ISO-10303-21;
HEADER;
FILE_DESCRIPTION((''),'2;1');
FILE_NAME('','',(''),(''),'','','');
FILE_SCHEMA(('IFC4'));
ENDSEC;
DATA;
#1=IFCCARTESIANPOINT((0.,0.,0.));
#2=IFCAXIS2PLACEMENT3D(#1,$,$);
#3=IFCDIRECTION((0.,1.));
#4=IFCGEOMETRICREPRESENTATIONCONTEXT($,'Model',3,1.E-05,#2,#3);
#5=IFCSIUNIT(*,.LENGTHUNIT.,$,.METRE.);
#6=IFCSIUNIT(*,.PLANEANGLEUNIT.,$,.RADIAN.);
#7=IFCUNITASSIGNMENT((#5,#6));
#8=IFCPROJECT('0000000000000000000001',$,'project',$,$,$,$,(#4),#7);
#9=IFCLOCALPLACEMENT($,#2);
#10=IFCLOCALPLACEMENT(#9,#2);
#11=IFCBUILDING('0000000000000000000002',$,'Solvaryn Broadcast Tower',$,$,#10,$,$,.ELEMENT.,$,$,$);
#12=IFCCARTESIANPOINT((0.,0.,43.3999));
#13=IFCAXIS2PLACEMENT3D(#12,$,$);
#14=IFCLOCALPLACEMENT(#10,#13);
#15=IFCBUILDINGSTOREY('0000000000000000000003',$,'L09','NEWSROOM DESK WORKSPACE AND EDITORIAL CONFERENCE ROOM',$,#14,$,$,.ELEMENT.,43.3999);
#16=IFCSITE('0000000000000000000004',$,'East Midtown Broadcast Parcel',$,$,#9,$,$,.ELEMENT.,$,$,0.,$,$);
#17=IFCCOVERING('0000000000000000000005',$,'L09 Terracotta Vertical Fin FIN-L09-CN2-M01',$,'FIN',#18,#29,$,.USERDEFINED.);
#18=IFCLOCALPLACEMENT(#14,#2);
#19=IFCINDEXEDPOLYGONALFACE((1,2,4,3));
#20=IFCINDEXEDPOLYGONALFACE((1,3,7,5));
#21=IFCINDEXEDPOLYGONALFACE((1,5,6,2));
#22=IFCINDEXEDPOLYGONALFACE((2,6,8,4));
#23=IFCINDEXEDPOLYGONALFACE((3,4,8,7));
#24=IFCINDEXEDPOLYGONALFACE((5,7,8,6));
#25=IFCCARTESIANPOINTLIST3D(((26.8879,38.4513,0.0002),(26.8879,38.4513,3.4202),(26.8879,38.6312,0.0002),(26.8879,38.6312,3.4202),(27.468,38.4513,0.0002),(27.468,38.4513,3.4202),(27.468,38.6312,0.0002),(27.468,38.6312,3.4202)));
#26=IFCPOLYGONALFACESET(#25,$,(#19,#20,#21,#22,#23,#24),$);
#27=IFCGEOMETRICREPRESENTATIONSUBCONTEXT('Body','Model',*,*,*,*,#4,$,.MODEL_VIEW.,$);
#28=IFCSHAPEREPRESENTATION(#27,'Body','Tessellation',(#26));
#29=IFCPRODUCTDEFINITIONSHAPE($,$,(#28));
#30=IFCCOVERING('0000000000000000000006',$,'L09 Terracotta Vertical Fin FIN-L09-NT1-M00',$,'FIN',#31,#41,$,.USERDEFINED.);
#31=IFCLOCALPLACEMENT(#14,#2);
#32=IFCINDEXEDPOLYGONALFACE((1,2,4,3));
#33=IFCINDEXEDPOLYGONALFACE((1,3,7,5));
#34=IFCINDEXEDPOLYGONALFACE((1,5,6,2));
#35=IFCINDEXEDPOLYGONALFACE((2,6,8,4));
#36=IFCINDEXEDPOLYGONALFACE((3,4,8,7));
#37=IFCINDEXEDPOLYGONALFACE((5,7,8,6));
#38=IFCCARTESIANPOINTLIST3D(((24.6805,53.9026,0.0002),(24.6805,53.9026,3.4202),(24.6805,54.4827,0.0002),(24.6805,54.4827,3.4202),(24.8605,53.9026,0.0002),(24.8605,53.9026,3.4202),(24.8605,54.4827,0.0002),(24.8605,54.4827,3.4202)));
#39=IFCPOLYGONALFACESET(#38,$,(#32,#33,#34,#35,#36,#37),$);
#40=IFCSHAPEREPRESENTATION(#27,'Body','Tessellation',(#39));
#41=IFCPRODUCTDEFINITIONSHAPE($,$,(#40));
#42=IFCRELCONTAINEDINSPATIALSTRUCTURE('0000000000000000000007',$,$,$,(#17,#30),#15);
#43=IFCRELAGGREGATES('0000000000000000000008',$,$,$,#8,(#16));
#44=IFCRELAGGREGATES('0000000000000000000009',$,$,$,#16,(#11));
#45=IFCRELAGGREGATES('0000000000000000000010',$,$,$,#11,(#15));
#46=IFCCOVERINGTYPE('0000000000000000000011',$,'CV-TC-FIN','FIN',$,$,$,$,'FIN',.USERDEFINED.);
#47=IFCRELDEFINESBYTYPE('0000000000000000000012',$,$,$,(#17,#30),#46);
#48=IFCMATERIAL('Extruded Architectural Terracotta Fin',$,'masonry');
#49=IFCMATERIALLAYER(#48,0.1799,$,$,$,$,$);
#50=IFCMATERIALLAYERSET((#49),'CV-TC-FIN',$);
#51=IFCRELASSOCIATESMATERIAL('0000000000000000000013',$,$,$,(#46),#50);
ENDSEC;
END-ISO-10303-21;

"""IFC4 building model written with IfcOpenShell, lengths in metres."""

from ifc_helpers import new_model, si_unit, direction, frame, origin, origin_2d, place, context, subcontext, project, spatial, rectangle, extrude, material, layer, layer_set, type_object, element, save


model = new_model("IFC4")

# Units and contexts
model_context = context("Model", 3, precision=1e-05, world=origin(), true_north=direction((0.0, 1.0)))
body_context = subcontext(model_context, "Body", "Model", "MODEL_VIEW")
ifc_project = project(units=[si_unit("LENGTHUNIT", "METRE"), si_unit("PLANEANGLEUNIT", "RADIAN")], contexts=[model_context])

# Site, building, storey
site_placement = place(None, origin())
site = spatial("IfcSite", under=ifc_project, at=site_placement, Name="East Midtown Broadcast Parcel", CompositionType="ELEMENT", RefElevation=0.0)
building_placement = place(site_placement, origin())
building = spatial("IfcBuilding", under=site, at=building_placement, Name="Solvaryn Broadcast Tower", CompositionType="ELEMENT")
storey_placement = place(building_placement, frame((0.0, 0.0, 43.3999)))
storey = spatial("IfcBuildingStorey", under=building, at=storey_placement, Name="L09", Description="NEWSROOM DESK WORKSPACE AND EDITORIAL CONFERENCE ROOM", CompositionType="ELEMENT", Elevation=43.3999)

# Coverings
ifc_material_1 = material(Name="Extruded Architectural Terracotta Fin", Category="masonry")
ifc_layer_1 = layer(ifc_material_1, 0.1799)
ifc_layer_set_1 = layer_set([ifc_layer_1], Name="CV-TC-FIN")
covering_type = type_object("IfcCoveringType", Name="CV-TC-FIN", Description="FIN", ElementType="FIN", PredefinedType="USERDEFINED", material=ifc_layer_set_1)
for number, where, z_axis, x_axis, name in (
    (1, (27.178, 38.5413, 0.0002), (0.0, 0.0, 1.0), (1.0, 0.0, 0.0), "L09 Terracotta Vertical Fin FIN-L09-CN2-M01"),
):
    element("IfcCovering", number, at=place(storey_placement, frame(where, z_axis=z_axis, x_axis=x_axis)), inside=storey, type_object=covering_type, Name=name, ObjectType="FIN", PredefinedType="USERDEFINED", context=body_context, shape_type="SweptSolid", body=[
        extrude(rectangle(XDim=0.5801, YDim=0.1799, at=origin_2d()), origin(), (0.0, 0.0, 1.0), 3.4199),
    ])
covering_1_placement = place(storey_placement, frame((24.7705, 54.1926, 0.0002), z_axis=(0.0, 0.0, 1.0), x_axis=(1.0, 0.0, 0.0)))
element("IfcCovering", 2, at=covering_1_placement, inside=storey, type_object=covering_type, Name="L09 Terracotta Vertical Fin FIN-L09-NT1-M00", ObjectType="FIN", PredefinedType="USERDEFINED", context=body_context, shape_type="SweptSolid", body=[
    extrude(rectangle(XDim=0.1799, YDim=0.5801, at=origin_2d()), origin(), (0.0, 0.0, 1.0), 3.4199),
])

save(model, "model.ifc")
